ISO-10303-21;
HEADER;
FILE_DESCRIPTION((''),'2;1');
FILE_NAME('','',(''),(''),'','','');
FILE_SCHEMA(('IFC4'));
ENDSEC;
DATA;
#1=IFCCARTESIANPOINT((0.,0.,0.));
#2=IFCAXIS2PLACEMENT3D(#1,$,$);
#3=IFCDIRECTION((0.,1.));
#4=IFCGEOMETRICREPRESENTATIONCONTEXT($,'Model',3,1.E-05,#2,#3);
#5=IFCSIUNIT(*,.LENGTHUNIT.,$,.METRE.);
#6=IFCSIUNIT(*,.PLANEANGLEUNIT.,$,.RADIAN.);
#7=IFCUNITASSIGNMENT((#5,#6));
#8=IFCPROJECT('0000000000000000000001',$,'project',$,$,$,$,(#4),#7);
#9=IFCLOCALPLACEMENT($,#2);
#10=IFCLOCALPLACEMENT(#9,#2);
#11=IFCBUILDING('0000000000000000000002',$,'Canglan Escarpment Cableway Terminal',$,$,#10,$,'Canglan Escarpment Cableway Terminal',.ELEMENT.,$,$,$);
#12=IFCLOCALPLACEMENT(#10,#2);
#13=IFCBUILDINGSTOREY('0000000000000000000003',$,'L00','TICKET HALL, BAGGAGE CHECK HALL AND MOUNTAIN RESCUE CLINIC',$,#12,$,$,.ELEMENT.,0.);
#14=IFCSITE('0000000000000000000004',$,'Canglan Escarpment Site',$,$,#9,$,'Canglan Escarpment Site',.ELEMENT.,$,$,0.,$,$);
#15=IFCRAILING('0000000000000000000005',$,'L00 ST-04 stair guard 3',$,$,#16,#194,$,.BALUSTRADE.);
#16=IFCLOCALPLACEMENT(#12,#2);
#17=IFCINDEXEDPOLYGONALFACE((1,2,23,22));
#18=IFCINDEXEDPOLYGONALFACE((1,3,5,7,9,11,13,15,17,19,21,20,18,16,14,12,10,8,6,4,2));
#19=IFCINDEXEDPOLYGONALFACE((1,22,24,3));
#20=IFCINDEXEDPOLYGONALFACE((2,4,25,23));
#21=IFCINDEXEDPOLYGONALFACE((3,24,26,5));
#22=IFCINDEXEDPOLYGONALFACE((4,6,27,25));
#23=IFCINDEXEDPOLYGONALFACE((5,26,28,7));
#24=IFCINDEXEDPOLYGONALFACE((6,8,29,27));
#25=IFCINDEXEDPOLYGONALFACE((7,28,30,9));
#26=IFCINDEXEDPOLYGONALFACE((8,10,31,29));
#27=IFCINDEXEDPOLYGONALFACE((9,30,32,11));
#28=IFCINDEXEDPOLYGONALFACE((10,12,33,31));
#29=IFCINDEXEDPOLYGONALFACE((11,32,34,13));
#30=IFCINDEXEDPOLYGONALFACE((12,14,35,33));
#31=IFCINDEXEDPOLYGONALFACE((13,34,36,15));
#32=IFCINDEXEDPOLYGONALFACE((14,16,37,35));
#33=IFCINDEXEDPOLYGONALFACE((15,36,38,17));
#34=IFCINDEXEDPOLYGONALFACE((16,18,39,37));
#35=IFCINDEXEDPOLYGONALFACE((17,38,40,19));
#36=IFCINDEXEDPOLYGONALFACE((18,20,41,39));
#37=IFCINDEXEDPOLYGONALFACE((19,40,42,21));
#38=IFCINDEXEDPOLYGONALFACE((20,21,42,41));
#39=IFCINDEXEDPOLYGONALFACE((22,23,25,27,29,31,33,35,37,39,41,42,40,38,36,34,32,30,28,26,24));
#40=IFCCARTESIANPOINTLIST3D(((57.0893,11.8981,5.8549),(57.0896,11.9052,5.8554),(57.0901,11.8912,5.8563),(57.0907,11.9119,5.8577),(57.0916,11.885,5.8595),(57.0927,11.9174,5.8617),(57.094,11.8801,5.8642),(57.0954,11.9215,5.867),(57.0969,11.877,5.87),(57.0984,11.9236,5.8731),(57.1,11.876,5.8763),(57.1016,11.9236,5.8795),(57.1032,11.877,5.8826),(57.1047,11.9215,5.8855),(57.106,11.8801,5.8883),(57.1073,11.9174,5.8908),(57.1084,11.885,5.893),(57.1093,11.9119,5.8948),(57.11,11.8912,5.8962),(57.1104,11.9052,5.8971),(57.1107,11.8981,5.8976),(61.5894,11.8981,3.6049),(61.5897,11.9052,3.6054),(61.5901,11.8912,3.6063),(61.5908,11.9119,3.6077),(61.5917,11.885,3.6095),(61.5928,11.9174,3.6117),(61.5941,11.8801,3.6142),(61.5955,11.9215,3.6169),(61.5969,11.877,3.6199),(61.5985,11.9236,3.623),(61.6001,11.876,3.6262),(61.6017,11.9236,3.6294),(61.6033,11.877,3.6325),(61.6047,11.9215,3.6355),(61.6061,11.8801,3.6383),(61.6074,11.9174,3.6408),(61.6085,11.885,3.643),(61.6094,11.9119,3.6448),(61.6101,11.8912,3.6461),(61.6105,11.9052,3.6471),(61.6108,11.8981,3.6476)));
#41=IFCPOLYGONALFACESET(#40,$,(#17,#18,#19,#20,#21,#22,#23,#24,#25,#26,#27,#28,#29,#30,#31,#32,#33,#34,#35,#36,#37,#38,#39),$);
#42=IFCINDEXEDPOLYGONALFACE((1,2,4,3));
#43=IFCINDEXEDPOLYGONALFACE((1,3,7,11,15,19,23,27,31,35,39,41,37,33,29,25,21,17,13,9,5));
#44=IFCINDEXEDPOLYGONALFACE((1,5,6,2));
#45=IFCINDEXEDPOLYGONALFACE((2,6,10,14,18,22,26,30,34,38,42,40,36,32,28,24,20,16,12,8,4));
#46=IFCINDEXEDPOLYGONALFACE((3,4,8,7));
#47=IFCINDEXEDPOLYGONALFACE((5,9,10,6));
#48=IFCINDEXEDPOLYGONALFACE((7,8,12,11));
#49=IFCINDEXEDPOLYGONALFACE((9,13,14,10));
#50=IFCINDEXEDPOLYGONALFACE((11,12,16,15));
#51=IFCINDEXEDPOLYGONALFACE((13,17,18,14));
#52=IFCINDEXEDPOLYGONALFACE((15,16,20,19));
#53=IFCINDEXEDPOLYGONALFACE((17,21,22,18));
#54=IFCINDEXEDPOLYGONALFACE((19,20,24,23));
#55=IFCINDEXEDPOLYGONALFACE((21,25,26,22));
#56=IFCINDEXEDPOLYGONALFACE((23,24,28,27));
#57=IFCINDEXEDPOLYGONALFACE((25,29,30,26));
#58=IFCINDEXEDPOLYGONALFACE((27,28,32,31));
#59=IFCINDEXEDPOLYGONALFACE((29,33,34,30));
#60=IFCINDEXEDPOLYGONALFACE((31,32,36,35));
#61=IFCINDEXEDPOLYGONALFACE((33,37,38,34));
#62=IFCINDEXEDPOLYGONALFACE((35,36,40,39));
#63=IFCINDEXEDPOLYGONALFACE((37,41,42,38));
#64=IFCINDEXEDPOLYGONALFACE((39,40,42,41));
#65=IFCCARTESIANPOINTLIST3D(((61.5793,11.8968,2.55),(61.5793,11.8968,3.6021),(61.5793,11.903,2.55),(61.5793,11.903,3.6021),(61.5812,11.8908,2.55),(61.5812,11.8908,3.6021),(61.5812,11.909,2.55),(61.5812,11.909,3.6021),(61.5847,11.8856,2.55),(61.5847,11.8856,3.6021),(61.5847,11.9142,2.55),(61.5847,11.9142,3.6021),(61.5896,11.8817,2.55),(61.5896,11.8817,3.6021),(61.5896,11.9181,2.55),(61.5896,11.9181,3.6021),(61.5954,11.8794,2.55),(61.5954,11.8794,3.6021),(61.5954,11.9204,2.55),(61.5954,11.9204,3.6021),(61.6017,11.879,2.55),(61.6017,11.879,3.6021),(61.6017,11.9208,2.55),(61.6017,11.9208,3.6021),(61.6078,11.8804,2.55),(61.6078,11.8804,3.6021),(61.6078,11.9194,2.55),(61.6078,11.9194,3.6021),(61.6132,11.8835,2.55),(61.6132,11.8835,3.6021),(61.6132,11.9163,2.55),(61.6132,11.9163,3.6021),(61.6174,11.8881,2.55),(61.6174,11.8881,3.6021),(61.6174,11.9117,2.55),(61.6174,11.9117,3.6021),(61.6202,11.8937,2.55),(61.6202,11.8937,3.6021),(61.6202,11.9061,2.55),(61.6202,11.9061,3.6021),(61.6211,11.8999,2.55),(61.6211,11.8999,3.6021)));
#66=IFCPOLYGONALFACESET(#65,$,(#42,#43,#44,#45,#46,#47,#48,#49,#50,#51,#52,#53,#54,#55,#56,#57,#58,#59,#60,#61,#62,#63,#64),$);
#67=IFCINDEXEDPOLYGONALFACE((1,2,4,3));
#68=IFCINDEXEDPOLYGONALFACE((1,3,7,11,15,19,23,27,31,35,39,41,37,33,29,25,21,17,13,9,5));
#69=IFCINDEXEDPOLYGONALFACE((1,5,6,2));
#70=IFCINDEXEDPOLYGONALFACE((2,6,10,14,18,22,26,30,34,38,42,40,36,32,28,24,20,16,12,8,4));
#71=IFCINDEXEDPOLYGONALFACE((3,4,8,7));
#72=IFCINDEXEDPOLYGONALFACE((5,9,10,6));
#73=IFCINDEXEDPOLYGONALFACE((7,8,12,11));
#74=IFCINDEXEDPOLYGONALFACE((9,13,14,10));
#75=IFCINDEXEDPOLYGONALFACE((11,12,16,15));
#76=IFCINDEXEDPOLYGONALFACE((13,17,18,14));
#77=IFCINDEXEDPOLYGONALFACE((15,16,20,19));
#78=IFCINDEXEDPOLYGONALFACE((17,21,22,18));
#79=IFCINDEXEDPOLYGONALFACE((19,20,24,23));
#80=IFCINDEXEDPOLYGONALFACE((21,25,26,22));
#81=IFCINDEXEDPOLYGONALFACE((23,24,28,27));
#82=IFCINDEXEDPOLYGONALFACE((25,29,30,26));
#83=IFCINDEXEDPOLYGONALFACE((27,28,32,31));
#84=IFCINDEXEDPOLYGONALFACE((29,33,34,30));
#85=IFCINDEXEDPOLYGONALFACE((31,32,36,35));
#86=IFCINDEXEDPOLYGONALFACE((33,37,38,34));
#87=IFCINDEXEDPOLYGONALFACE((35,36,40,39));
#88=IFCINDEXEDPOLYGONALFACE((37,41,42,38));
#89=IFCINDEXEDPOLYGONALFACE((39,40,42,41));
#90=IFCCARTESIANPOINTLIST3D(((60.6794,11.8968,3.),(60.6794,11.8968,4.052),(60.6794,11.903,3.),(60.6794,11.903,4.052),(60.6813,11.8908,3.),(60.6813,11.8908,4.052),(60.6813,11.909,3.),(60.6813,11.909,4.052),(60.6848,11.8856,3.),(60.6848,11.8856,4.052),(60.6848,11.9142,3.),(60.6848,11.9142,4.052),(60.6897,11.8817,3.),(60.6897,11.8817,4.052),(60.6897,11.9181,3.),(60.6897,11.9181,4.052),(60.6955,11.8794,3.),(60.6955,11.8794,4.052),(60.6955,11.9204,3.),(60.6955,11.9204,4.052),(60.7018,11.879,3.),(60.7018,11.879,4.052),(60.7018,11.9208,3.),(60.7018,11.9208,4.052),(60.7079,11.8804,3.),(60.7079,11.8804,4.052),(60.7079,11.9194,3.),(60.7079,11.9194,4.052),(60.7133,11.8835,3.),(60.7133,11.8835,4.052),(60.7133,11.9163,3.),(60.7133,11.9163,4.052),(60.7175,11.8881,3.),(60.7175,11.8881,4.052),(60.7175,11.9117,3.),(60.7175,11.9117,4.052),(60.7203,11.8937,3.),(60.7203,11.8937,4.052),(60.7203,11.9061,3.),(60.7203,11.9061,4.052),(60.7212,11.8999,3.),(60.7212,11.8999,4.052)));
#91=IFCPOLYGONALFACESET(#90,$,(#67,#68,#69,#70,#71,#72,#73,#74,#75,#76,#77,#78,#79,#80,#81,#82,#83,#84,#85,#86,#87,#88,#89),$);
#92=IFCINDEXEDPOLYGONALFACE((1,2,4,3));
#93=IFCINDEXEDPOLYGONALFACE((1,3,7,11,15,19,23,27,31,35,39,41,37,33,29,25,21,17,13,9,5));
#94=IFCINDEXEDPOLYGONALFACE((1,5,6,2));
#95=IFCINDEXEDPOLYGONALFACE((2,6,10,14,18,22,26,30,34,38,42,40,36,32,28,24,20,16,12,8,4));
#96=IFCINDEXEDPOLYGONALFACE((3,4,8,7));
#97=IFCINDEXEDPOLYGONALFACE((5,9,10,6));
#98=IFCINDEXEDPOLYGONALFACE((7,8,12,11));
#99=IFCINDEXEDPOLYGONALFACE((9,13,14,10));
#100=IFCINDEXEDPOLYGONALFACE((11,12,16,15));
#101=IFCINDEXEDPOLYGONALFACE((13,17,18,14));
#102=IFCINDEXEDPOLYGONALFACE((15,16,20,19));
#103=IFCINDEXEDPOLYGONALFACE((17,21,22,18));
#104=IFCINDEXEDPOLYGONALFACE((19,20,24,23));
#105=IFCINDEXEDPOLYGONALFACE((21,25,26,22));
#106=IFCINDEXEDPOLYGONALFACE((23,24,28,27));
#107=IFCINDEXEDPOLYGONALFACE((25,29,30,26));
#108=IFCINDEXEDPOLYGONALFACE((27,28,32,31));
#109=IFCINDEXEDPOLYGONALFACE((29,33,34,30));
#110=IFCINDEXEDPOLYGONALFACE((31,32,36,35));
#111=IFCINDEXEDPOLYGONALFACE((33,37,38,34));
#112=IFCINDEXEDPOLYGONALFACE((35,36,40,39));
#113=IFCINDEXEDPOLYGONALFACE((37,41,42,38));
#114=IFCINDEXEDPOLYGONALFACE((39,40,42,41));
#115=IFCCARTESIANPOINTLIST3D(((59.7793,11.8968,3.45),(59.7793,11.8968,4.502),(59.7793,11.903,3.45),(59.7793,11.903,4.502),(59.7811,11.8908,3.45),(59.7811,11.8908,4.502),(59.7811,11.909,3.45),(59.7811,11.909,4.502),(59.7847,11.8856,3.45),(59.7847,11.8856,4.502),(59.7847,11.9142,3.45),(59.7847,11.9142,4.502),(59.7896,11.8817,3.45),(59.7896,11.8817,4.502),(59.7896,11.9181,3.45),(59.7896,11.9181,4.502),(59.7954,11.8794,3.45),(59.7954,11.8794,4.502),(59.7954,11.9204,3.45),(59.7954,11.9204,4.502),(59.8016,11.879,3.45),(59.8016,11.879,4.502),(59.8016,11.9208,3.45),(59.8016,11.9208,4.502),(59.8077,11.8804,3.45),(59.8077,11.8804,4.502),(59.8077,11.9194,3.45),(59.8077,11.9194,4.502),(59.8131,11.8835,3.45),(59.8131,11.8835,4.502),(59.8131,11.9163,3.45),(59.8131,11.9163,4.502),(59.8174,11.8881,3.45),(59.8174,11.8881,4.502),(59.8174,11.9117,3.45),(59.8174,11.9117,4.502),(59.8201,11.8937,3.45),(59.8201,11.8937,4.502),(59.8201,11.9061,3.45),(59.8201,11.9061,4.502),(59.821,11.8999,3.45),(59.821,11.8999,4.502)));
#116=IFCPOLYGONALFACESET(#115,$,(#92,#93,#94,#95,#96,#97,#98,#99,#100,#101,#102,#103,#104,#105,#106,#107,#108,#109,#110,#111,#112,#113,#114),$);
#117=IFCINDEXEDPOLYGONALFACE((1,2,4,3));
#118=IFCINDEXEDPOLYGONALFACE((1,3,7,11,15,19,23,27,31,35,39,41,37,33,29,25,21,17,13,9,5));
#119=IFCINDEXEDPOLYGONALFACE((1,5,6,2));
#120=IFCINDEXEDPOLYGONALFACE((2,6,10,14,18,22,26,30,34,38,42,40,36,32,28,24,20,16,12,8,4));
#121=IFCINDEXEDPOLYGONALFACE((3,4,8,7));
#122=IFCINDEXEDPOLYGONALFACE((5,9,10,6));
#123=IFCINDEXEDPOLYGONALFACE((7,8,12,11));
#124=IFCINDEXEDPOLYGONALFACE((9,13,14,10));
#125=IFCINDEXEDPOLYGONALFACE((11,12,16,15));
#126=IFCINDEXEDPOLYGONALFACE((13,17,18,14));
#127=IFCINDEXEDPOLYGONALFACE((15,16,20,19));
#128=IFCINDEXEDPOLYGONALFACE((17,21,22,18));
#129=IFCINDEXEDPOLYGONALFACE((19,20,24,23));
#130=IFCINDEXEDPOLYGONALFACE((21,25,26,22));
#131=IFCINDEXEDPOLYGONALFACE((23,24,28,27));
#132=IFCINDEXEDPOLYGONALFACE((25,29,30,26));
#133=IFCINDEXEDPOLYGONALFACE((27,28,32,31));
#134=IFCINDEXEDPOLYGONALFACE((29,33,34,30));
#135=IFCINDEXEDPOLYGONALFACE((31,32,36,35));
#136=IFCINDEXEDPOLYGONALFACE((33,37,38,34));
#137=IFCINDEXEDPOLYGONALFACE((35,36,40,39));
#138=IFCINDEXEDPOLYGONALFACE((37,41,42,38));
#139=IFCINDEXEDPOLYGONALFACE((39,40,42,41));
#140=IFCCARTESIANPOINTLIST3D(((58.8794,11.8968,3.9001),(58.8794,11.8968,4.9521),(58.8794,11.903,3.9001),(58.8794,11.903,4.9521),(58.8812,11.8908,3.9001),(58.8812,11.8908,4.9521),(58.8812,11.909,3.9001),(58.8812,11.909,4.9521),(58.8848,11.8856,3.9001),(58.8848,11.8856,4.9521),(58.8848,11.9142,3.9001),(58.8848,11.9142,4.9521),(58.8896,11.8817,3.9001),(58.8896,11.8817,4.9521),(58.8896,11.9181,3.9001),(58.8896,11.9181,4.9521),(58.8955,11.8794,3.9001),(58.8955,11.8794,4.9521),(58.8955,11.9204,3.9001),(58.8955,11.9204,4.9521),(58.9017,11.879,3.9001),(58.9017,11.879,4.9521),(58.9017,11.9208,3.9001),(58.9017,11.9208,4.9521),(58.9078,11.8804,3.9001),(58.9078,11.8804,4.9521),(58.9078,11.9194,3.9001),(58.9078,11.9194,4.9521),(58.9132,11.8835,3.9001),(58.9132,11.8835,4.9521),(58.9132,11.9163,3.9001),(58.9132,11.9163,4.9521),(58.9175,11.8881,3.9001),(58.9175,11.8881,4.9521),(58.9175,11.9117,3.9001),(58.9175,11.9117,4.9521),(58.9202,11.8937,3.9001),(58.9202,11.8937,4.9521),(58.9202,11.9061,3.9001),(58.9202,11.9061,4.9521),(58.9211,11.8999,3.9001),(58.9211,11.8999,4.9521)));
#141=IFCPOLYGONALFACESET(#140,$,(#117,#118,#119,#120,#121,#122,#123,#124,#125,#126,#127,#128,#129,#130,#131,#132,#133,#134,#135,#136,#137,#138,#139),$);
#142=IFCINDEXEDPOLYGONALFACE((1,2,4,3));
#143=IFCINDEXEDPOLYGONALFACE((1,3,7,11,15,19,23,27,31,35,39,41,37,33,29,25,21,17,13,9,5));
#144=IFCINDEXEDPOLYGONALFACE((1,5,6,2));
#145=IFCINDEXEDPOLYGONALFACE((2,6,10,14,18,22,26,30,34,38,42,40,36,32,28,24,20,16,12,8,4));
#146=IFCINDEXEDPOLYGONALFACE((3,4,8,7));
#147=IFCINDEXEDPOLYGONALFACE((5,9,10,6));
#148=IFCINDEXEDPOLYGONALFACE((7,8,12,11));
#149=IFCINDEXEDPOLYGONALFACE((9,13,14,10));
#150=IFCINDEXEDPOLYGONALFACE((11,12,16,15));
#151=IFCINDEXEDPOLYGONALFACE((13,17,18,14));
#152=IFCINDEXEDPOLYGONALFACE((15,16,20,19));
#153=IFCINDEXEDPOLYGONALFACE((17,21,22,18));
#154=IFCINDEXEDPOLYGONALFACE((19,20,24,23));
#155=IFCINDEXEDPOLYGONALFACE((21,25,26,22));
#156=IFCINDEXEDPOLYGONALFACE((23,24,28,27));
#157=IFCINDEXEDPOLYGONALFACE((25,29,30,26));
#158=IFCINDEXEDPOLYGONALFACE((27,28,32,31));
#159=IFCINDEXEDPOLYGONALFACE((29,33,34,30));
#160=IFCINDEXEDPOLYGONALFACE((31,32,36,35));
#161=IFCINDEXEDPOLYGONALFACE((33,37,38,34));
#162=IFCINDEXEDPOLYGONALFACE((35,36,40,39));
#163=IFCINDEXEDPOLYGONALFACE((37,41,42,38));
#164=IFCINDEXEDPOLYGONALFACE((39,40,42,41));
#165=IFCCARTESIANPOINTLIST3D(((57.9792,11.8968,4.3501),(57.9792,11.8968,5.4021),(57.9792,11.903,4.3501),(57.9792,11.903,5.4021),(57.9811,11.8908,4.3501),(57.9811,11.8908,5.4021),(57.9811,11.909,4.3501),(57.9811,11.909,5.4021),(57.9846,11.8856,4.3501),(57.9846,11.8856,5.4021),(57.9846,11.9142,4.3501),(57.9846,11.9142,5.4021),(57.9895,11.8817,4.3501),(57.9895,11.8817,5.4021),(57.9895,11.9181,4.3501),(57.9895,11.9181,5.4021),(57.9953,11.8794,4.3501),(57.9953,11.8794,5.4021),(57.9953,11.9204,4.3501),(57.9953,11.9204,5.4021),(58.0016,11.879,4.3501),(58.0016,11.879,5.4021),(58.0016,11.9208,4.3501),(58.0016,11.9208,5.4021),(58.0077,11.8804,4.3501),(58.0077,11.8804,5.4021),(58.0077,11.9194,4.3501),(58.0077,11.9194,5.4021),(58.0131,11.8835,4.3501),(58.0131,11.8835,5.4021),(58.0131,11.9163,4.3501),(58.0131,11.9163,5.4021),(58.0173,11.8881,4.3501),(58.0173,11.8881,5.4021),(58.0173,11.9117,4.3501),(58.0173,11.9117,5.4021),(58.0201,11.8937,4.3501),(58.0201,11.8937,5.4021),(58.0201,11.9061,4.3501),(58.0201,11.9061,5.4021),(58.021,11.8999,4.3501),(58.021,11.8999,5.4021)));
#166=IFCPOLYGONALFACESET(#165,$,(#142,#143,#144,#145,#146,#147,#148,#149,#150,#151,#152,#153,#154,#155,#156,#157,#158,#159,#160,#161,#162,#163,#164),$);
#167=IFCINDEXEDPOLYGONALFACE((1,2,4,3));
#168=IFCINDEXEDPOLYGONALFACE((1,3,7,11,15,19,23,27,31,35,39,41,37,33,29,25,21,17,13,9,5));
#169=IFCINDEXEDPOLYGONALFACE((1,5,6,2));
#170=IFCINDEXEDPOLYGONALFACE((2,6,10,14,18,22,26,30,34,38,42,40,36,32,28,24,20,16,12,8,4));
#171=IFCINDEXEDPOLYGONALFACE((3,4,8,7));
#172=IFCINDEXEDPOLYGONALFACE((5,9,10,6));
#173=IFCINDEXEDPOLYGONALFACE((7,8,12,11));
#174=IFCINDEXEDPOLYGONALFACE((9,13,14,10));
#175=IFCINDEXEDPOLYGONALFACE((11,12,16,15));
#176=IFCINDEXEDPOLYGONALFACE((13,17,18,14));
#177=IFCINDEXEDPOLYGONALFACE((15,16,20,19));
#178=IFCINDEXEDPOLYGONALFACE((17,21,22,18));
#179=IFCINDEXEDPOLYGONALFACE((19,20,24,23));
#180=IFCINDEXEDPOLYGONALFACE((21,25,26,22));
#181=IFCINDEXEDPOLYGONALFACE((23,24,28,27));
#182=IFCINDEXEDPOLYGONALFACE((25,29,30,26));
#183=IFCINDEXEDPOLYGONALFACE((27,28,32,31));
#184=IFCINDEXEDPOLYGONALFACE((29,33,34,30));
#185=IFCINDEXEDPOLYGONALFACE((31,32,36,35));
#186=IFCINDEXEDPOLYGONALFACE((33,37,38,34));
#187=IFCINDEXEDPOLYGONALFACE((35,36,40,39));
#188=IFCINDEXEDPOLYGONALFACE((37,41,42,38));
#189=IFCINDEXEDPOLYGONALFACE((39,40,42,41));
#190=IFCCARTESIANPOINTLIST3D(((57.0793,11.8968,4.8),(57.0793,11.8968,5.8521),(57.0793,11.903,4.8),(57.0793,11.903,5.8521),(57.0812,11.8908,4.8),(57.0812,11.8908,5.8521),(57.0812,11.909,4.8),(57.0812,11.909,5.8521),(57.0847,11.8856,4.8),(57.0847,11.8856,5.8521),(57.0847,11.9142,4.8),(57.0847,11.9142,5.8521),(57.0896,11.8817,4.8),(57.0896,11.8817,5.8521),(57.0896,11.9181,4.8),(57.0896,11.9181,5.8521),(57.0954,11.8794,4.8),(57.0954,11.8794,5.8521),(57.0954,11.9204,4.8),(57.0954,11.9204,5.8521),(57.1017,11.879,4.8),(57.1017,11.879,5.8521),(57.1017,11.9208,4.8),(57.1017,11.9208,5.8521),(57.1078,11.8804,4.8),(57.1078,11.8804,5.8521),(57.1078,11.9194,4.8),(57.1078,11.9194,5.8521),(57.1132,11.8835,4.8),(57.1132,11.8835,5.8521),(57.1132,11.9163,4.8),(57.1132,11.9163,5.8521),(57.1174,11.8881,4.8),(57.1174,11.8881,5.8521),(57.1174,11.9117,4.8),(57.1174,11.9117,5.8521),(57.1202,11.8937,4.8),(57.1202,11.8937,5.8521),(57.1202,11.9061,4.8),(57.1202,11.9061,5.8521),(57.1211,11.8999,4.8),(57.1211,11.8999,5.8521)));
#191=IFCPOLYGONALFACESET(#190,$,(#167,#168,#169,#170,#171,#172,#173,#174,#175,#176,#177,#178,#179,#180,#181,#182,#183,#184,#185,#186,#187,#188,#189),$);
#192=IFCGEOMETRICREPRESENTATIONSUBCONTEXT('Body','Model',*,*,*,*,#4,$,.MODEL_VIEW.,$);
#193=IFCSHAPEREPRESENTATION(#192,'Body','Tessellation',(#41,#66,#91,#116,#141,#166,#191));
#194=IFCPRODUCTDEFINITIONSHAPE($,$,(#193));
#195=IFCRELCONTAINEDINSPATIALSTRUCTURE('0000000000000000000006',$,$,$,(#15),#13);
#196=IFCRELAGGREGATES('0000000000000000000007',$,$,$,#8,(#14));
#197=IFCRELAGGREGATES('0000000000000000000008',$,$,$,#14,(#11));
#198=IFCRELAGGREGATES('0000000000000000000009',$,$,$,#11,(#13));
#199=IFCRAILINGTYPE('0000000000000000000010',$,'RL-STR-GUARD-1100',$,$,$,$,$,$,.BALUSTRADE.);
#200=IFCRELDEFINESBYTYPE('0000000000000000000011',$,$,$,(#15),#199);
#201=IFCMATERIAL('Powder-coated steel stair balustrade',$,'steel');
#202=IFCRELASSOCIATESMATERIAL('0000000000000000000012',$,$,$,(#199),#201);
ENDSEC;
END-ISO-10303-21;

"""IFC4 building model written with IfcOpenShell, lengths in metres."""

from ifc_helpers import new_model, si_unit, direction, frame, origin, origin_2d, place, context, subcontext, project, spatial, circle, extrude, material, type_object, element, save


model = new_model("IFC4")

# Units and contexts
model_context = context("Model", 3, precision=1e-05, world=origin(), true_north=direction((0.0, 1.0)))
body_context = subcontext(model_context, "Body", "Model", "MODEL_VIEW")
ifc_project = project(units=[si_unit("LENGTHUNIT", "METRE"), si_unit("PLANEANGLEUNIT", "RADIAN")], contexts=[model_context])

# Site, building, storey
site_placement = place(None, origin())
site = spatial("IfcSite", under=ifc_project, at=site_placement, Name="Canglan Escarpment Site", LongName="Canglan Escarpment Site", CompositionType="ELEMENT", RefElevation=0.0)
building_placement = place(site_placement, origin())
building = spatial("IfcBuilding", under=site, at=building_placement, Name="Canglan Escarpment Cableway Terminal", LongName="Canglan Escarpment Cableway Terminal", CompositionType="ELEMENT")
storey_placement = place(building_placement, origin())
storey = spatial("IfcBuildingStorey", under=building, at=storey_placement, Name="L00", Description="TICKET HALL, BAGGAGE CHECK HALL AND MOUNTAIN RESCUE CLINIC", CompositionType="ELEMENT", Elevation=0.0)

# Railing
ifc_material_1 = material(Name="Powder-coated steel stair balustrade", Category="steel")
railing_type_1 = type_object("IfcRailingType", Name="RL-STR-GUARD-1100", PredefinedType="BALUSTRADE", material=ifc_material_1)
railing_1_placement = place(storey_placement, frame((61.6001, 11.8999, 2.55)))
element("IfcRailing", 1, at=railing_1_placement, inside=storey, type_object=railing_type_1, Name="L00 ST-04 stair guard 3", PredefinedType="BALUSTRADE", context=body_context, shape_type="SweptSolid", body=[
    extrude(circle(Radius=0.0239, at=origin_2d()), frame((0.0, 0.0, 1.0762), z_axis=(-0.894427, 0.0, 0.447214), x_axis=(0.0, -1.0, 0.0)), (0.0, 0.0, 1.0), 5.0312),
    extrude(circle(Radius=0.021, at=origin_2d()), origin(), (0.0, 0.0, 1.0), 1.052),
    extrude(circle(Radius=0.021, at=origin_2d()), frame((-0.8999, 0.0, 0.45)), (0.0, 0.0, 1.0), 1.052),
    extrude(circle(Radius=0.021, at=origin_2d()), frame((-1.8, 0.0, 0.8999)), (0.0, 0.0, 1.0), 1.052),
    extrude(circle(Radius=0.021, at=origin_2d()), frame((-2.7, 0.0, 1.3501)), (0.0, 0.0, 1.0), 1.052),
    extrude(circle(Radius=0.021, at=origin_2d()), frame((-3.6001, 0.0, 1.8)), (0.0, 0.0, 1.0), 1.052),
    extrude(circle(Radius=0.021, at=origin_2d()), frame((-4.5, 0.0, 2.25)), (0.0, 0.0, 1.0), 1.052),
])

save(model, "model.ifc")
